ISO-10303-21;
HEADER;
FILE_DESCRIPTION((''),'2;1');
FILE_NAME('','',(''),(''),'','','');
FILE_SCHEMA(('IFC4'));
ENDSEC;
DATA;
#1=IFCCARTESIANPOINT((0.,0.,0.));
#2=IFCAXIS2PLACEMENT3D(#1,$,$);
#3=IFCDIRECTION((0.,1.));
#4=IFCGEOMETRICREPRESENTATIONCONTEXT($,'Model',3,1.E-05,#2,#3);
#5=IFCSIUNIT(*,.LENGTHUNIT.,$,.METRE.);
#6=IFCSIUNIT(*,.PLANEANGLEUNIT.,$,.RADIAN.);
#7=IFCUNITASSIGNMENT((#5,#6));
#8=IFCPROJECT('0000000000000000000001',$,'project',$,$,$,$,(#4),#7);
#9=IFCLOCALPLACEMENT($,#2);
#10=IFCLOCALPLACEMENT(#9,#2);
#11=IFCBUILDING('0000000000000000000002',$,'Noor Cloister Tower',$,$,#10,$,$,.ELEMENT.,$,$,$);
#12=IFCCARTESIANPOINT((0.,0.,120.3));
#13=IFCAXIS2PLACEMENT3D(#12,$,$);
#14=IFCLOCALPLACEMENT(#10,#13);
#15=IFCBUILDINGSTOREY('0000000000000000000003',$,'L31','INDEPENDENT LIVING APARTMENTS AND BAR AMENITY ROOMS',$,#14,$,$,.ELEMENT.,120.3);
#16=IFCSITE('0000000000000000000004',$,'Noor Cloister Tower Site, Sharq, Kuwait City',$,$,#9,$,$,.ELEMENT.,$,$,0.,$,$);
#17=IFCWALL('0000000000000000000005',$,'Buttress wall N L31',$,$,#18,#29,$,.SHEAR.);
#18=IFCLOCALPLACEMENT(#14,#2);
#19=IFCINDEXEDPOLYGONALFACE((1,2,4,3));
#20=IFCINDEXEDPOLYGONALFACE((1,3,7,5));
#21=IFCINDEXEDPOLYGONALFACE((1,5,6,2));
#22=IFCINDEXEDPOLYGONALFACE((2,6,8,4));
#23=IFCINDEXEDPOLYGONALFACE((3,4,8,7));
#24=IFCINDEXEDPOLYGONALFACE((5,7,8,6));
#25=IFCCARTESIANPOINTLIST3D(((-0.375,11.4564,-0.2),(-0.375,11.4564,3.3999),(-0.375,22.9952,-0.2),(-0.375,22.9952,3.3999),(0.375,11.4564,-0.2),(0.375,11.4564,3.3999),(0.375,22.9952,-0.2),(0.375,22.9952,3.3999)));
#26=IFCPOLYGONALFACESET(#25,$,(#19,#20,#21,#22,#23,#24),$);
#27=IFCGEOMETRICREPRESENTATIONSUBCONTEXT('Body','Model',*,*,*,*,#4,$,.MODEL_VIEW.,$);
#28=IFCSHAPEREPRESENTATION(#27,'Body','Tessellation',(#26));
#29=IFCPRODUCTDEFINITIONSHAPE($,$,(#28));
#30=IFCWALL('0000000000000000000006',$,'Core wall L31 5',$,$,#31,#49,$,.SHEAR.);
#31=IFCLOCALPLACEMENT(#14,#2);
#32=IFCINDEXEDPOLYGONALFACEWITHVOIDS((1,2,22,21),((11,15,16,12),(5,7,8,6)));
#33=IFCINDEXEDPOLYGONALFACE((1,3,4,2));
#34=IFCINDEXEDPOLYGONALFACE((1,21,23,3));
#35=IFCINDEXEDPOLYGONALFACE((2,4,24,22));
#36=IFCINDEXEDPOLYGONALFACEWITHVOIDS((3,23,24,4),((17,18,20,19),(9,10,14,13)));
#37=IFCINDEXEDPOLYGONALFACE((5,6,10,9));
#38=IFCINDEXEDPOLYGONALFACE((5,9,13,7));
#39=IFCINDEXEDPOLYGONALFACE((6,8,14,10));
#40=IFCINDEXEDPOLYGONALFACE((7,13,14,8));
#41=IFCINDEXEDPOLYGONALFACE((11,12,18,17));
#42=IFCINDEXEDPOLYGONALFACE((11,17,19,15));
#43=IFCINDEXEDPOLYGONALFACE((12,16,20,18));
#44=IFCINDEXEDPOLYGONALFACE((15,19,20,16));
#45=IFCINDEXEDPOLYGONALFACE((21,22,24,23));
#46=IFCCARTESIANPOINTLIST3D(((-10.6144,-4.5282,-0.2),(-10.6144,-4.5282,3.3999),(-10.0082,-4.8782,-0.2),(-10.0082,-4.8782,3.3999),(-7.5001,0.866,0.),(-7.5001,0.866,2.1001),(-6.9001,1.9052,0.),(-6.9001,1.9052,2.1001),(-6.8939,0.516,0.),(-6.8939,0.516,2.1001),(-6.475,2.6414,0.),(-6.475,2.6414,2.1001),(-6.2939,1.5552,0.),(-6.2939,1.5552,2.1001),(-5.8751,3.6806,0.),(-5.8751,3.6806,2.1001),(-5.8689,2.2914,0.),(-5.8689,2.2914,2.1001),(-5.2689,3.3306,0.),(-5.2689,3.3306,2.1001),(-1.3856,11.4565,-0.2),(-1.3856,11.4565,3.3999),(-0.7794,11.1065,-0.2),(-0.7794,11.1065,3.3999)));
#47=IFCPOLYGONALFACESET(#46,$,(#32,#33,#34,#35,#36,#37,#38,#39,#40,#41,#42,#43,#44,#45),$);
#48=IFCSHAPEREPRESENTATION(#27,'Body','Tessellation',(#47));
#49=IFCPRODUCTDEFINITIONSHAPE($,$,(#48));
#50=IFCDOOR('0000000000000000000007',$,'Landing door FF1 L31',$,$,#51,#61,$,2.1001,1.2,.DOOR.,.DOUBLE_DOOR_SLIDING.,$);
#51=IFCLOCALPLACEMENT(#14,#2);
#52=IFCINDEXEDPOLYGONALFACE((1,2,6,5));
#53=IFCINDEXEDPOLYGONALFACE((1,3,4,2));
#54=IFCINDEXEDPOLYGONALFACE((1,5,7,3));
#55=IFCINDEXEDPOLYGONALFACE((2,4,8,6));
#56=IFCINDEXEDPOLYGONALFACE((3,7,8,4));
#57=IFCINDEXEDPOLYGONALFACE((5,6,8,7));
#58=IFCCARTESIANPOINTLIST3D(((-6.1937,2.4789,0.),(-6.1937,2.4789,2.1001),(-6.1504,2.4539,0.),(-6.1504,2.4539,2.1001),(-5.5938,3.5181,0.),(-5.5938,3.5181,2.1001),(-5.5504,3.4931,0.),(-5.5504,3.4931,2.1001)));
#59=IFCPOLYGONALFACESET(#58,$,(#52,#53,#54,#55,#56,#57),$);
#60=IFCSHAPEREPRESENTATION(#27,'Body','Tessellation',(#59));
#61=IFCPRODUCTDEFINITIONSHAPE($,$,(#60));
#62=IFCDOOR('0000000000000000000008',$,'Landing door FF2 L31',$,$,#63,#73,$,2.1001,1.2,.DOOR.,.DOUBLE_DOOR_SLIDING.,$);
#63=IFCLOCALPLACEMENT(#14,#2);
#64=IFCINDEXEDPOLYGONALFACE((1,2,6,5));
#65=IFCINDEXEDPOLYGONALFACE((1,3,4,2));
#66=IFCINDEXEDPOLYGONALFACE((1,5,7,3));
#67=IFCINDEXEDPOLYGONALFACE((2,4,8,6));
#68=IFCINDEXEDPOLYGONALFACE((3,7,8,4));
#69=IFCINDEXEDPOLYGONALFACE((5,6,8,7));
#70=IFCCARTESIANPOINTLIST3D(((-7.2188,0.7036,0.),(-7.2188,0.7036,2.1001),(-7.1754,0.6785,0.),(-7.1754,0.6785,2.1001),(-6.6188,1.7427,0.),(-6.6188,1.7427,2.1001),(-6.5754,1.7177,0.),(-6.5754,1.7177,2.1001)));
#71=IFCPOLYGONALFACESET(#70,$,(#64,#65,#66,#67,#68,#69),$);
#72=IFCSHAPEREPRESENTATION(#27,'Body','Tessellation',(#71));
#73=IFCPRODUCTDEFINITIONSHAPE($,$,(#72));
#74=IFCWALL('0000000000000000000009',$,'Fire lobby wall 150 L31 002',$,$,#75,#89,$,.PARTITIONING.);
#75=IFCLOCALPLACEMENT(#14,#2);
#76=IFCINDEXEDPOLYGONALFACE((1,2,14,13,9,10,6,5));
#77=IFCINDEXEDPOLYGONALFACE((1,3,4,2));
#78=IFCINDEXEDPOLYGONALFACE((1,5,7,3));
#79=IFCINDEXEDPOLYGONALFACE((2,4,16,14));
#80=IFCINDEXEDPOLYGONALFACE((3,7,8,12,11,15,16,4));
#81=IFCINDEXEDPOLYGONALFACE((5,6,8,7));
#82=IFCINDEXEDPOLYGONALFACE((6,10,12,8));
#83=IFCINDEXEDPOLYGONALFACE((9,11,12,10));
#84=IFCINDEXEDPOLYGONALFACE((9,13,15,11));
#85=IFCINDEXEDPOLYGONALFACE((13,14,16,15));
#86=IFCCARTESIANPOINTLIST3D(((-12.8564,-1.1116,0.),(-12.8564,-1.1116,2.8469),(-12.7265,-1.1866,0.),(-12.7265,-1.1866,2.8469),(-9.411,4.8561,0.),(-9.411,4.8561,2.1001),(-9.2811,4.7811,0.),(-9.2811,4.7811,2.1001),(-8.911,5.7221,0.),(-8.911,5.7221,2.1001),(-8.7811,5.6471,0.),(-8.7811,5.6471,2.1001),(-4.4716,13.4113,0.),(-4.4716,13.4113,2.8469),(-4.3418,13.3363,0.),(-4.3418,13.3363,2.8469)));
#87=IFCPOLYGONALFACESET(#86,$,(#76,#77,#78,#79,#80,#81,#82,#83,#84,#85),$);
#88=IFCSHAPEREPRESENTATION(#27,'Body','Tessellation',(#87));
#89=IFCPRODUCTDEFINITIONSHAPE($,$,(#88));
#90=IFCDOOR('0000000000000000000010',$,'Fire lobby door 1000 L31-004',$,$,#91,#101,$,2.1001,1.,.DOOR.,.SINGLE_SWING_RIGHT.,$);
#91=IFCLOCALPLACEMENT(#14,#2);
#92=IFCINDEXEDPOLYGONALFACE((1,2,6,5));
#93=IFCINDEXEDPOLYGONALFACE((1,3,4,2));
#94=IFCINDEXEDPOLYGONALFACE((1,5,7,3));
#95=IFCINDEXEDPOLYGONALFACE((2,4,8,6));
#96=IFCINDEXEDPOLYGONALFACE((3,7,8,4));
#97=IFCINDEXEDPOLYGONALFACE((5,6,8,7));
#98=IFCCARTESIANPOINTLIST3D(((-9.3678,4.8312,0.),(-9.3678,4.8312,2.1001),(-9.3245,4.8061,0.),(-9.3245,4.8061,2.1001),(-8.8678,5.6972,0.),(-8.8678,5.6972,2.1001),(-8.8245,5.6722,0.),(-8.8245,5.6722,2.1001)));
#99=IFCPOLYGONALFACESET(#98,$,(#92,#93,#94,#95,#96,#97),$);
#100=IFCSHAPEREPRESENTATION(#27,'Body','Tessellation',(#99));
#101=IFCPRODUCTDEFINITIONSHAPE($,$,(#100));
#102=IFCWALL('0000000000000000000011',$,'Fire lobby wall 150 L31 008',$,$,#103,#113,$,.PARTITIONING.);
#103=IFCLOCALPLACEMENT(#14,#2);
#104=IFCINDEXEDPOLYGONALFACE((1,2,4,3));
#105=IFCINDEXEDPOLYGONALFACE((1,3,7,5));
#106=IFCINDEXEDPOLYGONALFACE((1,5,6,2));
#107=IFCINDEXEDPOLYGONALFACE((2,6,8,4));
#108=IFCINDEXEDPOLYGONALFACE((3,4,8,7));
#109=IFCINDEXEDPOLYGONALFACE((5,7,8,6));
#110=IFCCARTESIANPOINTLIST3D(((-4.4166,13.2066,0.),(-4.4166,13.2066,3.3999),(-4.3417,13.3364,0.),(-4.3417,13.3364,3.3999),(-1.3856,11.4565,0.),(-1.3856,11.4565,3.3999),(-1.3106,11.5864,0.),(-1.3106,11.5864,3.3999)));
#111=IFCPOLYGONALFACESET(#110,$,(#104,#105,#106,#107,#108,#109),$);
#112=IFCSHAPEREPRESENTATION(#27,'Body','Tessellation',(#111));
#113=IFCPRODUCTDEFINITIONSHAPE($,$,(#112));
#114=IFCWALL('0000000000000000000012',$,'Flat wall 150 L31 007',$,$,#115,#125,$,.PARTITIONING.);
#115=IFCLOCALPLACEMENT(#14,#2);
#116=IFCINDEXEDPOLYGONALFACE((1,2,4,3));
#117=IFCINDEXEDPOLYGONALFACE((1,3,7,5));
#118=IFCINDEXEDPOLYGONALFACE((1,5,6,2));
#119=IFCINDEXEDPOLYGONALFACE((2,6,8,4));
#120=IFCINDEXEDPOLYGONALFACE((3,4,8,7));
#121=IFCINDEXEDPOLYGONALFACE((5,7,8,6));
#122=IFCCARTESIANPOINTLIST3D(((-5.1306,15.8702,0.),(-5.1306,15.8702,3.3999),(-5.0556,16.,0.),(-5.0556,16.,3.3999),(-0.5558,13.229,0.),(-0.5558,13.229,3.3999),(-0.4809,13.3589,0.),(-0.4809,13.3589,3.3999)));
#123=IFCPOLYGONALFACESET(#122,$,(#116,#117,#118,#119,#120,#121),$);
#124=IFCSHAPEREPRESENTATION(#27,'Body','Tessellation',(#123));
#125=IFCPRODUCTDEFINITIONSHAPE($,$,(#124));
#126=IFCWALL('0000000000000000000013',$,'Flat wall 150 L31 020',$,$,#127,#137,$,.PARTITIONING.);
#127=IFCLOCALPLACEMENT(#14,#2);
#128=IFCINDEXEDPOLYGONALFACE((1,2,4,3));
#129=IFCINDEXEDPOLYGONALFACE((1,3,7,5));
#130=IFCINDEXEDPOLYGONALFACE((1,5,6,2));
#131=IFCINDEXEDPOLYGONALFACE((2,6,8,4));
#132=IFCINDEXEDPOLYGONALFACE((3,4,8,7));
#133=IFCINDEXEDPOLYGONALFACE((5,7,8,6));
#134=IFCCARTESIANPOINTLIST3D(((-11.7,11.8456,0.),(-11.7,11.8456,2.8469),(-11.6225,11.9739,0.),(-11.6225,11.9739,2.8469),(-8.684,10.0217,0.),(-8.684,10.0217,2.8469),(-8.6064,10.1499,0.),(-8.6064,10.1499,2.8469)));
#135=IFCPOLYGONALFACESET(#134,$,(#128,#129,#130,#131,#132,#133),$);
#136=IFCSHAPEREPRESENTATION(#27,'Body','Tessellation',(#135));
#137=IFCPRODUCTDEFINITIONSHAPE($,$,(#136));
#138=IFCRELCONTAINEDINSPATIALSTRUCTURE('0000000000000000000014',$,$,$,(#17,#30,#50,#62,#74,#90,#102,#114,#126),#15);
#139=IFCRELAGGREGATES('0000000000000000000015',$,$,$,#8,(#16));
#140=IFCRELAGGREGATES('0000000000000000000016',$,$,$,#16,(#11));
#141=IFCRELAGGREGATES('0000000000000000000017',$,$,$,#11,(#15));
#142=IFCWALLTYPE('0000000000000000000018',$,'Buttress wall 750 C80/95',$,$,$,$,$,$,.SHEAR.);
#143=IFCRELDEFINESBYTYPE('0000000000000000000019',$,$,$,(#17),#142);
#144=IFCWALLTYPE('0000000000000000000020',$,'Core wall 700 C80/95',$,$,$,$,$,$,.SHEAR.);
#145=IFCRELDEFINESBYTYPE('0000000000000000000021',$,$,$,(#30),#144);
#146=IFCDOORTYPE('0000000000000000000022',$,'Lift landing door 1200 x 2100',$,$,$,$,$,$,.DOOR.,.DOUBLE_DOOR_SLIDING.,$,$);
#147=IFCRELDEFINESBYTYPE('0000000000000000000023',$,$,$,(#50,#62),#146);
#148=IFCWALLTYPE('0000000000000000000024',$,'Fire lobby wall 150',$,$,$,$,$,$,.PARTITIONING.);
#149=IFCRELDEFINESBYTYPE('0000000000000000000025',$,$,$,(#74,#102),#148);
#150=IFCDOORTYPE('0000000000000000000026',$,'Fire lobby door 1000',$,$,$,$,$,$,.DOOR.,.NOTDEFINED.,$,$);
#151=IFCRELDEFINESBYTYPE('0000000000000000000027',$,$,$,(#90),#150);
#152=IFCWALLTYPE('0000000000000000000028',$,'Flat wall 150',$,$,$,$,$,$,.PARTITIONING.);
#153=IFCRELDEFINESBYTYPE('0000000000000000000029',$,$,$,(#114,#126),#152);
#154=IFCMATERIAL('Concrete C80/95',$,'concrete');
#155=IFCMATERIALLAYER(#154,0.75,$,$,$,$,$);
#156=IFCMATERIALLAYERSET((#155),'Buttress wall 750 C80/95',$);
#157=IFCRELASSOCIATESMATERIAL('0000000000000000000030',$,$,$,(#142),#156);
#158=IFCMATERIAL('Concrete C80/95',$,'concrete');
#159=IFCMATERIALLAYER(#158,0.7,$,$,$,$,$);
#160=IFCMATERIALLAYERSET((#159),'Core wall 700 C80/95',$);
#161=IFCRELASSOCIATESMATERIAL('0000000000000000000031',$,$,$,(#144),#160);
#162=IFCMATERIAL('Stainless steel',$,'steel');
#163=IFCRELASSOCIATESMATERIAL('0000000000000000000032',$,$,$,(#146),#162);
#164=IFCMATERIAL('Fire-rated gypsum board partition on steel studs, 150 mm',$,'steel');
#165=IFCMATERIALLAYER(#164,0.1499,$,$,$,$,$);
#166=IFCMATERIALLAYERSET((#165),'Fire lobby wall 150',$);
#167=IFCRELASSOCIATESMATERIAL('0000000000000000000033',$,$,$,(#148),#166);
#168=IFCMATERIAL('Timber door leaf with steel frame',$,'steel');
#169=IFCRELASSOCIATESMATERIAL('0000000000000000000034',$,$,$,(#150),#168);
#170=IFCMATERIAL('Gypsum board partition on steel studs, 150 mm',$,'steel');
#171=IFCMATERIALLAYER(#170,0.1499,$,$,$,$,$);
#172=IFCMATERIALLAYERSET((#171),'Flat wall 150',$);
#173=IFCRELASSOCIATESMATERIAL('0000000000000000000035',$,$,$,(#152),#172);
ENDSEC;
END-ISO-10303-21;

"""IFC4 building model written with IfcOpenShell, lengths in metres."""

from ifc_helpers import new_model, si_unit, direction, frame, frame_2d, origin, place, context, subcontext, project, spatial, rectangle, extrude, material, layer, layer_set, type_object, element, fill, save


model = new_model("IFC4")

# Units and contexts
model_context = context("Model", 3, precision=1e-05, world=origin(), true_north=direction((0.0, 1.0)))
body_context = subcontext(model_context, "Body", "Model", "MODEL_VIEW")
ifc_project = project(units=[si_unit("LENGTHUNIT", "METRE"), si_unit("PLANEANGLEUNIT", "RADIAN")], contexts=[model_context])

# Site, building, storey
site_placement = place(None, origin())
site = spatial("IfcSite", under=ifc_project, at=site_placement, Name="Noor Cloister Tower Site, Sharq, Kuwait City", CompositionType="ELEMENT", RefElevation=0.0)
building_placement = place(site_placement, origin())
building = spatial("IfcBuilding", under=site, at=building_placement, Name="Noor Cloister Tower", CompositionType="ELEMENT")
storey_placement = place(building_placement, frame((0.0, 0.0, 120.3)))
storey = spatial("IfcBuildingStorey", under=building, at=storey_placement, Name="L31", Description="INDEPENDENT LIVING APARTMENTS AND BAR AMENITY ROOMS", CompositionType="ELEMENT", Elevation=120.3)

# Wall
ifc_material_1 = material(Name="Concrete C80/95", Category="concrete")
ifc_layer_1 = layer(ifc_material_1, 0.75)
ifc_layer_set_1 = layer_set([ifc_layer_1], Name="Buttress wall 750 C80/95")
wall_type_1 = type_object("IfcWallType", Name="Buttress wall 750 C80/95", PredefinedType="SHEAR", material=ifc_layer_set_1)
wall_1_placement = place(storey_placement, frame((0.0, 11.4563, -0.2), z_axis=(0.0, 0.0, 1.0), x_axis=(0.0, 1.0, 0.0)))
element("IfcWall", 1, at=wall_1_placement, inside=storey, type_object=wall_type_1, Name="Buttress wall N L31", PredefinedType="SHEAR", context=body_context, shape_type="SweptSolid", body=[
    extrude(rectangle(XDim=11.5388, YDim=0.75, at=frame_2d((5.7695, 0.0))), origin(), (0.0, 0.0, 1.0), 3.5999),
])

# Wall, openings, doors
ifc_material_2 = material(Name="Concrete C80/95", Category="concrete")
ifc_layer_2 = layer(ifc_material_2, 0.7)
ifc_layer_set_2 = layer_set([ifc_layer_2], Name="Core wall 700 C80/95")
wall_type_2 = type_object("IfcWallType", Name="Core wall 700 C80/95", PredefinedType="SHEAR", material=ifc_layer_set_2)
wall_2_placement = place(storey_placement, frame((-1.0825, 11.2815, -0.2), z_axis=(0.0, 0.0, 1.0), x_axis=(-0.500001, -0.866025, 0.0)))
wall_2 = element("IfcWall", 2, at=wall_2_placement, inside=storey, type_object=wall_type_2, Name="Core wall L31 5", PredefinedType="SHEAR", context=body_context, shape_type="SweptSolid", body=[
    extrude(rectangle(XDim=18.4575, YDim=0.7, at=frame_2d((9.2288, 0.0))), origin(), (0.0, 0.0, 1.0), 3.5999),
])
opening_1_placement = place(wall_2_placement, frame((8.9788, 0.0, 0.2)))
opening_1 = element("IfcOpeningElement", 3, at=opening_1_placement, cuts=wall_2, PredefinedType="OPENING", context=body_context, shape_type="SweptSolid", body=[
    extrude(rectangle(XDim=1.2, YDim=2.1001, at=frame_2d((0.6001, 1.05))), frame((0.0, 0.3599, 0.0), z_axis=(0.0, -1.0, 0.0), x_axis=(1.0, 0.0, 0.0)), (0.0, 0.0, 1.0), 0.72),
])
opening_2_placement = place(wall_2_placement, frame((11.0288, 0.0, 0.2)))
opening_2 = element("IfcOpeningElement", 4, at=opening_2_placement, cuts=wall_2, PredefinedType="OPENING", context=body_context, shape_type="SweptSolid", body=[
    extrude(rectangle(XDim=1.2, YDim=2.1001, at=frame_2d((0.6001, 1.05))), frame((0.0, 0.3599, 0.0), z_axis=(0.0, -1.0, 0.0), x_axis=(1.0, 0.0, 0.0)), (0.0, 0.0, 1.0), 0.72),
])
ifc_material_3 = material(Name="Stainless steel", Category="steel")
door_type_1 = type_object("IfcDoorType", Name="Lift landing door 1200 x 2100", OperationType="DOUBLE_DOOR_SLIDING", PredefinedType="DOOR", material=ifc_material_3)
door_1_placement = place(opening_1_placement, origin())
door_1 = element("IfcDoor", 5, at=door_1_placement, inside=storey, type_object=door_type_1, Name="Landing door FF1 L31", OperationType="DOUBLE_DOOR_SLIDING", OverallHeight=2.1001, OverallWidth=1.2, PredefinedType="DOOR", context=body_context, shape_type="SweptSolid", body=[
    extrude(rectangle(XDim=1.2, YDim=2.1001, at=frame_2d((0.6001, 1.05))), frame((0.0, 0.0249, 0.0), z_axis=(0.0, -1.0, 0.0), x_axis=(1.0, 0.0, 0.0)), (0.0, 0.0, 1.0), 0.05),
])
fill(opening_1, door_1)
door_2_placement = place(opening_2_placement, origin())
door_2 = element("IfcDoor", 6, at=door_2_placement, inside=storey, type_object=door_type_1, Name="Landing door FF2 L31", OperationType="DOUBLE_DOOR_SLIDING", OverallHeight=2.1001, OverallWidth=1.2, PredefinedType="DOOR", context=body_context, shape_type="SweptSolid", body=[
    extrude(rectangle(XDim=1.2, YDim=2.1001, at=frame_2d((0.6001, 1.05))), frame((0.0, 0.0249, 0.0), z_axis=(0.0, -1.0, 0.0), x_axis=(1.0, 0.0, 0.0)), (0.0, 0.0, 1.0), 0.05),
])
fill(opening_2, door_2)

# Wall, opening, door
ifc_material_4 = material(Name="Fire-rated gypsum board partition on steel studs, 150 mm", Category="steel")
ifc_layer_3 = layer(ifc_material_4, 0.1499)
ifc_layer_set_3 = layer_set([ifc_layer_3], Name="Fire lobby wall 150")
wall_type_3 = type_object("IfcWallType", Name="Fire lobby wall 150", PredefinedType="PARTITIONING", material=ifc_layer_set_3)
wall_3_placement = place(storey_placement, frame((-4.4067, 13.3738, 0.0), z_axis=(0.0, 0.0, 1.0), x_axis=(-0.499997, -0.866027, 0.0)))
wall_3 = element("IfcWall", 7, at=wall_3_placement, inside=storey, type_object=wall_type_3, Name="Fire lobby wall 150 L31 002", PredefinedType="PARTITIONING", context=body_context, shape_type="SweptSolid", body=[
    extrude(rectangle(XDim=16.7695, YDim=0.1499, at=frame_2d((8.3848, 0.0))), origin(), (0.0, 0.0, 1.0), 2.8469),
])
opening_3_placement = place(wall_3_placement, frame((8.8787, 0.0, 0.0)))
opening_3 = element("IfcOpeningElement", 8, at=opening_3_placement, cuts=wall_3, PredefinedType="OPENING", context=body_context, shape_type="SweptSolid", body=[
    extrude(rectangle(XDim=1.0, YDim=2.1001, at=frame_2d((0.5, 1.05))), frame((0.0, 0.085, 0.0), z_axis=(0.0, -1.0, 0.0), x_axis=(1.0, 0.0, 0.0)), (0.0, 0.0, 1.0), 0.1699),
])
ifc_material_5 = material(Name="Timber door leaf with steel frame", Category="steel")
door_type_2 = type_object("IfcDoorType", Name="Fire lobby door 1000", OperationType="NOTDEFINED", PredefinedType="DOOR", material=ifc_material_5)
door_3_placement = place(opening_3_placement, origin())
door_3 = element("IfcDoor", 9, at=door_3_placement, inside=storey, type_object=door_type_2, Name="Fire lobby door 1000 L31-004", OperationType="SINGLE_SWING_RIGHT", OverallHeight=2.1001, OverallWidth=1.0, PredefinedType="DOOR", context=body_context, shape_type="SweptSolid", body=[
    extrude(rectangle(XDim=1.0, YDim=2.1001, at=frame_2d((0.5, 1.05))), frame((0.0, 0.0249, 0.0), z_axis=(0.0, -1.0, 0.0), x_axis=(1.0, 0.0, 0.0)), (0.0, 0.0, 1.0), 0.05),
])
fill(opening_3, door_3)

# Walls
wall_4_placement = place(storey_placement, frame((-4.3792, 13.2715, 0.0), z_axis=(0.0, 0.0, 1.0), x_axis=(0.866019, -0.50001, 0.0)))
element("IfcWall", 10, at=wall_4_placement, inside=storey, type_object=wall_type_3, Name="Fire lobby wall 150 L31 008", PredefinedType="PARTITIONING", context=body_context, shape_type="SweptSolid", body=[
    extrude(rectangle(XDim=3.5, YDim=0.1499, at=frame_2d((1.75, 0.0))), origin(), (0.0, 0.0, 1.0), 3.3999),
])
ifc_material_6 = material(Name="Gypsum board partition on steel studs, 150 mm", Category="steel")
ifc_layer_4 = layer(ifc_material_6, 0.1499)
ifc_layer_set_4 = layer_set([ifc_layer_4], Name="Flat wall 150")
wall_type_4 = type_object("IfcWallType", Name="Flat wall 150", PredefinedType="PARTITIONING", material=ifc_layer_set_4)
wall_5_placement = place(storey_placement, frame((-5.093, 15.9351, 0.0), z_axis=(0.0, 0.0, 1.0), x_axis=(0.866033, -0.499987, 0.0)))
element("IfcWall", 11, at=wall_5_placement, inside=storey, type_object=wall_type_4, Name="Flat wall 150 L31 007", PredefinedType="PARTITIONING", context=body_context, shape_type="SweptSolid", body=[
    extrude(rectangle(XDim=5.2825, YDim=0.1499, at=frame_2d((2.6411, 0.0))), origin(), (0.0, 0.0, 1.0), 3.3999),
])
wall_6_placement = place(storey_placement, frame((-11.6611, 11.9097, 0.0), z_axis=(0.0, 0.0, 1.0), x_axis=(0.855697, -0.517477, 0.0)))
element("IfcWall", 12, at=wall_6_placement, inside=storey, type_object=wall_type_4, Name="Flat wall 150 L31 020", PredefinedType="PARTITIONING", context=body_context, shape_type="SweptSolid", body=[
    extrude(rectangle(XDim=3.5247, YDim=0.1499, at=frame_2d((1.7622, 0.0))), origin(), (0.0, 0.0, 1.0), 2.8469),
])

save(model, "model.ifc")
